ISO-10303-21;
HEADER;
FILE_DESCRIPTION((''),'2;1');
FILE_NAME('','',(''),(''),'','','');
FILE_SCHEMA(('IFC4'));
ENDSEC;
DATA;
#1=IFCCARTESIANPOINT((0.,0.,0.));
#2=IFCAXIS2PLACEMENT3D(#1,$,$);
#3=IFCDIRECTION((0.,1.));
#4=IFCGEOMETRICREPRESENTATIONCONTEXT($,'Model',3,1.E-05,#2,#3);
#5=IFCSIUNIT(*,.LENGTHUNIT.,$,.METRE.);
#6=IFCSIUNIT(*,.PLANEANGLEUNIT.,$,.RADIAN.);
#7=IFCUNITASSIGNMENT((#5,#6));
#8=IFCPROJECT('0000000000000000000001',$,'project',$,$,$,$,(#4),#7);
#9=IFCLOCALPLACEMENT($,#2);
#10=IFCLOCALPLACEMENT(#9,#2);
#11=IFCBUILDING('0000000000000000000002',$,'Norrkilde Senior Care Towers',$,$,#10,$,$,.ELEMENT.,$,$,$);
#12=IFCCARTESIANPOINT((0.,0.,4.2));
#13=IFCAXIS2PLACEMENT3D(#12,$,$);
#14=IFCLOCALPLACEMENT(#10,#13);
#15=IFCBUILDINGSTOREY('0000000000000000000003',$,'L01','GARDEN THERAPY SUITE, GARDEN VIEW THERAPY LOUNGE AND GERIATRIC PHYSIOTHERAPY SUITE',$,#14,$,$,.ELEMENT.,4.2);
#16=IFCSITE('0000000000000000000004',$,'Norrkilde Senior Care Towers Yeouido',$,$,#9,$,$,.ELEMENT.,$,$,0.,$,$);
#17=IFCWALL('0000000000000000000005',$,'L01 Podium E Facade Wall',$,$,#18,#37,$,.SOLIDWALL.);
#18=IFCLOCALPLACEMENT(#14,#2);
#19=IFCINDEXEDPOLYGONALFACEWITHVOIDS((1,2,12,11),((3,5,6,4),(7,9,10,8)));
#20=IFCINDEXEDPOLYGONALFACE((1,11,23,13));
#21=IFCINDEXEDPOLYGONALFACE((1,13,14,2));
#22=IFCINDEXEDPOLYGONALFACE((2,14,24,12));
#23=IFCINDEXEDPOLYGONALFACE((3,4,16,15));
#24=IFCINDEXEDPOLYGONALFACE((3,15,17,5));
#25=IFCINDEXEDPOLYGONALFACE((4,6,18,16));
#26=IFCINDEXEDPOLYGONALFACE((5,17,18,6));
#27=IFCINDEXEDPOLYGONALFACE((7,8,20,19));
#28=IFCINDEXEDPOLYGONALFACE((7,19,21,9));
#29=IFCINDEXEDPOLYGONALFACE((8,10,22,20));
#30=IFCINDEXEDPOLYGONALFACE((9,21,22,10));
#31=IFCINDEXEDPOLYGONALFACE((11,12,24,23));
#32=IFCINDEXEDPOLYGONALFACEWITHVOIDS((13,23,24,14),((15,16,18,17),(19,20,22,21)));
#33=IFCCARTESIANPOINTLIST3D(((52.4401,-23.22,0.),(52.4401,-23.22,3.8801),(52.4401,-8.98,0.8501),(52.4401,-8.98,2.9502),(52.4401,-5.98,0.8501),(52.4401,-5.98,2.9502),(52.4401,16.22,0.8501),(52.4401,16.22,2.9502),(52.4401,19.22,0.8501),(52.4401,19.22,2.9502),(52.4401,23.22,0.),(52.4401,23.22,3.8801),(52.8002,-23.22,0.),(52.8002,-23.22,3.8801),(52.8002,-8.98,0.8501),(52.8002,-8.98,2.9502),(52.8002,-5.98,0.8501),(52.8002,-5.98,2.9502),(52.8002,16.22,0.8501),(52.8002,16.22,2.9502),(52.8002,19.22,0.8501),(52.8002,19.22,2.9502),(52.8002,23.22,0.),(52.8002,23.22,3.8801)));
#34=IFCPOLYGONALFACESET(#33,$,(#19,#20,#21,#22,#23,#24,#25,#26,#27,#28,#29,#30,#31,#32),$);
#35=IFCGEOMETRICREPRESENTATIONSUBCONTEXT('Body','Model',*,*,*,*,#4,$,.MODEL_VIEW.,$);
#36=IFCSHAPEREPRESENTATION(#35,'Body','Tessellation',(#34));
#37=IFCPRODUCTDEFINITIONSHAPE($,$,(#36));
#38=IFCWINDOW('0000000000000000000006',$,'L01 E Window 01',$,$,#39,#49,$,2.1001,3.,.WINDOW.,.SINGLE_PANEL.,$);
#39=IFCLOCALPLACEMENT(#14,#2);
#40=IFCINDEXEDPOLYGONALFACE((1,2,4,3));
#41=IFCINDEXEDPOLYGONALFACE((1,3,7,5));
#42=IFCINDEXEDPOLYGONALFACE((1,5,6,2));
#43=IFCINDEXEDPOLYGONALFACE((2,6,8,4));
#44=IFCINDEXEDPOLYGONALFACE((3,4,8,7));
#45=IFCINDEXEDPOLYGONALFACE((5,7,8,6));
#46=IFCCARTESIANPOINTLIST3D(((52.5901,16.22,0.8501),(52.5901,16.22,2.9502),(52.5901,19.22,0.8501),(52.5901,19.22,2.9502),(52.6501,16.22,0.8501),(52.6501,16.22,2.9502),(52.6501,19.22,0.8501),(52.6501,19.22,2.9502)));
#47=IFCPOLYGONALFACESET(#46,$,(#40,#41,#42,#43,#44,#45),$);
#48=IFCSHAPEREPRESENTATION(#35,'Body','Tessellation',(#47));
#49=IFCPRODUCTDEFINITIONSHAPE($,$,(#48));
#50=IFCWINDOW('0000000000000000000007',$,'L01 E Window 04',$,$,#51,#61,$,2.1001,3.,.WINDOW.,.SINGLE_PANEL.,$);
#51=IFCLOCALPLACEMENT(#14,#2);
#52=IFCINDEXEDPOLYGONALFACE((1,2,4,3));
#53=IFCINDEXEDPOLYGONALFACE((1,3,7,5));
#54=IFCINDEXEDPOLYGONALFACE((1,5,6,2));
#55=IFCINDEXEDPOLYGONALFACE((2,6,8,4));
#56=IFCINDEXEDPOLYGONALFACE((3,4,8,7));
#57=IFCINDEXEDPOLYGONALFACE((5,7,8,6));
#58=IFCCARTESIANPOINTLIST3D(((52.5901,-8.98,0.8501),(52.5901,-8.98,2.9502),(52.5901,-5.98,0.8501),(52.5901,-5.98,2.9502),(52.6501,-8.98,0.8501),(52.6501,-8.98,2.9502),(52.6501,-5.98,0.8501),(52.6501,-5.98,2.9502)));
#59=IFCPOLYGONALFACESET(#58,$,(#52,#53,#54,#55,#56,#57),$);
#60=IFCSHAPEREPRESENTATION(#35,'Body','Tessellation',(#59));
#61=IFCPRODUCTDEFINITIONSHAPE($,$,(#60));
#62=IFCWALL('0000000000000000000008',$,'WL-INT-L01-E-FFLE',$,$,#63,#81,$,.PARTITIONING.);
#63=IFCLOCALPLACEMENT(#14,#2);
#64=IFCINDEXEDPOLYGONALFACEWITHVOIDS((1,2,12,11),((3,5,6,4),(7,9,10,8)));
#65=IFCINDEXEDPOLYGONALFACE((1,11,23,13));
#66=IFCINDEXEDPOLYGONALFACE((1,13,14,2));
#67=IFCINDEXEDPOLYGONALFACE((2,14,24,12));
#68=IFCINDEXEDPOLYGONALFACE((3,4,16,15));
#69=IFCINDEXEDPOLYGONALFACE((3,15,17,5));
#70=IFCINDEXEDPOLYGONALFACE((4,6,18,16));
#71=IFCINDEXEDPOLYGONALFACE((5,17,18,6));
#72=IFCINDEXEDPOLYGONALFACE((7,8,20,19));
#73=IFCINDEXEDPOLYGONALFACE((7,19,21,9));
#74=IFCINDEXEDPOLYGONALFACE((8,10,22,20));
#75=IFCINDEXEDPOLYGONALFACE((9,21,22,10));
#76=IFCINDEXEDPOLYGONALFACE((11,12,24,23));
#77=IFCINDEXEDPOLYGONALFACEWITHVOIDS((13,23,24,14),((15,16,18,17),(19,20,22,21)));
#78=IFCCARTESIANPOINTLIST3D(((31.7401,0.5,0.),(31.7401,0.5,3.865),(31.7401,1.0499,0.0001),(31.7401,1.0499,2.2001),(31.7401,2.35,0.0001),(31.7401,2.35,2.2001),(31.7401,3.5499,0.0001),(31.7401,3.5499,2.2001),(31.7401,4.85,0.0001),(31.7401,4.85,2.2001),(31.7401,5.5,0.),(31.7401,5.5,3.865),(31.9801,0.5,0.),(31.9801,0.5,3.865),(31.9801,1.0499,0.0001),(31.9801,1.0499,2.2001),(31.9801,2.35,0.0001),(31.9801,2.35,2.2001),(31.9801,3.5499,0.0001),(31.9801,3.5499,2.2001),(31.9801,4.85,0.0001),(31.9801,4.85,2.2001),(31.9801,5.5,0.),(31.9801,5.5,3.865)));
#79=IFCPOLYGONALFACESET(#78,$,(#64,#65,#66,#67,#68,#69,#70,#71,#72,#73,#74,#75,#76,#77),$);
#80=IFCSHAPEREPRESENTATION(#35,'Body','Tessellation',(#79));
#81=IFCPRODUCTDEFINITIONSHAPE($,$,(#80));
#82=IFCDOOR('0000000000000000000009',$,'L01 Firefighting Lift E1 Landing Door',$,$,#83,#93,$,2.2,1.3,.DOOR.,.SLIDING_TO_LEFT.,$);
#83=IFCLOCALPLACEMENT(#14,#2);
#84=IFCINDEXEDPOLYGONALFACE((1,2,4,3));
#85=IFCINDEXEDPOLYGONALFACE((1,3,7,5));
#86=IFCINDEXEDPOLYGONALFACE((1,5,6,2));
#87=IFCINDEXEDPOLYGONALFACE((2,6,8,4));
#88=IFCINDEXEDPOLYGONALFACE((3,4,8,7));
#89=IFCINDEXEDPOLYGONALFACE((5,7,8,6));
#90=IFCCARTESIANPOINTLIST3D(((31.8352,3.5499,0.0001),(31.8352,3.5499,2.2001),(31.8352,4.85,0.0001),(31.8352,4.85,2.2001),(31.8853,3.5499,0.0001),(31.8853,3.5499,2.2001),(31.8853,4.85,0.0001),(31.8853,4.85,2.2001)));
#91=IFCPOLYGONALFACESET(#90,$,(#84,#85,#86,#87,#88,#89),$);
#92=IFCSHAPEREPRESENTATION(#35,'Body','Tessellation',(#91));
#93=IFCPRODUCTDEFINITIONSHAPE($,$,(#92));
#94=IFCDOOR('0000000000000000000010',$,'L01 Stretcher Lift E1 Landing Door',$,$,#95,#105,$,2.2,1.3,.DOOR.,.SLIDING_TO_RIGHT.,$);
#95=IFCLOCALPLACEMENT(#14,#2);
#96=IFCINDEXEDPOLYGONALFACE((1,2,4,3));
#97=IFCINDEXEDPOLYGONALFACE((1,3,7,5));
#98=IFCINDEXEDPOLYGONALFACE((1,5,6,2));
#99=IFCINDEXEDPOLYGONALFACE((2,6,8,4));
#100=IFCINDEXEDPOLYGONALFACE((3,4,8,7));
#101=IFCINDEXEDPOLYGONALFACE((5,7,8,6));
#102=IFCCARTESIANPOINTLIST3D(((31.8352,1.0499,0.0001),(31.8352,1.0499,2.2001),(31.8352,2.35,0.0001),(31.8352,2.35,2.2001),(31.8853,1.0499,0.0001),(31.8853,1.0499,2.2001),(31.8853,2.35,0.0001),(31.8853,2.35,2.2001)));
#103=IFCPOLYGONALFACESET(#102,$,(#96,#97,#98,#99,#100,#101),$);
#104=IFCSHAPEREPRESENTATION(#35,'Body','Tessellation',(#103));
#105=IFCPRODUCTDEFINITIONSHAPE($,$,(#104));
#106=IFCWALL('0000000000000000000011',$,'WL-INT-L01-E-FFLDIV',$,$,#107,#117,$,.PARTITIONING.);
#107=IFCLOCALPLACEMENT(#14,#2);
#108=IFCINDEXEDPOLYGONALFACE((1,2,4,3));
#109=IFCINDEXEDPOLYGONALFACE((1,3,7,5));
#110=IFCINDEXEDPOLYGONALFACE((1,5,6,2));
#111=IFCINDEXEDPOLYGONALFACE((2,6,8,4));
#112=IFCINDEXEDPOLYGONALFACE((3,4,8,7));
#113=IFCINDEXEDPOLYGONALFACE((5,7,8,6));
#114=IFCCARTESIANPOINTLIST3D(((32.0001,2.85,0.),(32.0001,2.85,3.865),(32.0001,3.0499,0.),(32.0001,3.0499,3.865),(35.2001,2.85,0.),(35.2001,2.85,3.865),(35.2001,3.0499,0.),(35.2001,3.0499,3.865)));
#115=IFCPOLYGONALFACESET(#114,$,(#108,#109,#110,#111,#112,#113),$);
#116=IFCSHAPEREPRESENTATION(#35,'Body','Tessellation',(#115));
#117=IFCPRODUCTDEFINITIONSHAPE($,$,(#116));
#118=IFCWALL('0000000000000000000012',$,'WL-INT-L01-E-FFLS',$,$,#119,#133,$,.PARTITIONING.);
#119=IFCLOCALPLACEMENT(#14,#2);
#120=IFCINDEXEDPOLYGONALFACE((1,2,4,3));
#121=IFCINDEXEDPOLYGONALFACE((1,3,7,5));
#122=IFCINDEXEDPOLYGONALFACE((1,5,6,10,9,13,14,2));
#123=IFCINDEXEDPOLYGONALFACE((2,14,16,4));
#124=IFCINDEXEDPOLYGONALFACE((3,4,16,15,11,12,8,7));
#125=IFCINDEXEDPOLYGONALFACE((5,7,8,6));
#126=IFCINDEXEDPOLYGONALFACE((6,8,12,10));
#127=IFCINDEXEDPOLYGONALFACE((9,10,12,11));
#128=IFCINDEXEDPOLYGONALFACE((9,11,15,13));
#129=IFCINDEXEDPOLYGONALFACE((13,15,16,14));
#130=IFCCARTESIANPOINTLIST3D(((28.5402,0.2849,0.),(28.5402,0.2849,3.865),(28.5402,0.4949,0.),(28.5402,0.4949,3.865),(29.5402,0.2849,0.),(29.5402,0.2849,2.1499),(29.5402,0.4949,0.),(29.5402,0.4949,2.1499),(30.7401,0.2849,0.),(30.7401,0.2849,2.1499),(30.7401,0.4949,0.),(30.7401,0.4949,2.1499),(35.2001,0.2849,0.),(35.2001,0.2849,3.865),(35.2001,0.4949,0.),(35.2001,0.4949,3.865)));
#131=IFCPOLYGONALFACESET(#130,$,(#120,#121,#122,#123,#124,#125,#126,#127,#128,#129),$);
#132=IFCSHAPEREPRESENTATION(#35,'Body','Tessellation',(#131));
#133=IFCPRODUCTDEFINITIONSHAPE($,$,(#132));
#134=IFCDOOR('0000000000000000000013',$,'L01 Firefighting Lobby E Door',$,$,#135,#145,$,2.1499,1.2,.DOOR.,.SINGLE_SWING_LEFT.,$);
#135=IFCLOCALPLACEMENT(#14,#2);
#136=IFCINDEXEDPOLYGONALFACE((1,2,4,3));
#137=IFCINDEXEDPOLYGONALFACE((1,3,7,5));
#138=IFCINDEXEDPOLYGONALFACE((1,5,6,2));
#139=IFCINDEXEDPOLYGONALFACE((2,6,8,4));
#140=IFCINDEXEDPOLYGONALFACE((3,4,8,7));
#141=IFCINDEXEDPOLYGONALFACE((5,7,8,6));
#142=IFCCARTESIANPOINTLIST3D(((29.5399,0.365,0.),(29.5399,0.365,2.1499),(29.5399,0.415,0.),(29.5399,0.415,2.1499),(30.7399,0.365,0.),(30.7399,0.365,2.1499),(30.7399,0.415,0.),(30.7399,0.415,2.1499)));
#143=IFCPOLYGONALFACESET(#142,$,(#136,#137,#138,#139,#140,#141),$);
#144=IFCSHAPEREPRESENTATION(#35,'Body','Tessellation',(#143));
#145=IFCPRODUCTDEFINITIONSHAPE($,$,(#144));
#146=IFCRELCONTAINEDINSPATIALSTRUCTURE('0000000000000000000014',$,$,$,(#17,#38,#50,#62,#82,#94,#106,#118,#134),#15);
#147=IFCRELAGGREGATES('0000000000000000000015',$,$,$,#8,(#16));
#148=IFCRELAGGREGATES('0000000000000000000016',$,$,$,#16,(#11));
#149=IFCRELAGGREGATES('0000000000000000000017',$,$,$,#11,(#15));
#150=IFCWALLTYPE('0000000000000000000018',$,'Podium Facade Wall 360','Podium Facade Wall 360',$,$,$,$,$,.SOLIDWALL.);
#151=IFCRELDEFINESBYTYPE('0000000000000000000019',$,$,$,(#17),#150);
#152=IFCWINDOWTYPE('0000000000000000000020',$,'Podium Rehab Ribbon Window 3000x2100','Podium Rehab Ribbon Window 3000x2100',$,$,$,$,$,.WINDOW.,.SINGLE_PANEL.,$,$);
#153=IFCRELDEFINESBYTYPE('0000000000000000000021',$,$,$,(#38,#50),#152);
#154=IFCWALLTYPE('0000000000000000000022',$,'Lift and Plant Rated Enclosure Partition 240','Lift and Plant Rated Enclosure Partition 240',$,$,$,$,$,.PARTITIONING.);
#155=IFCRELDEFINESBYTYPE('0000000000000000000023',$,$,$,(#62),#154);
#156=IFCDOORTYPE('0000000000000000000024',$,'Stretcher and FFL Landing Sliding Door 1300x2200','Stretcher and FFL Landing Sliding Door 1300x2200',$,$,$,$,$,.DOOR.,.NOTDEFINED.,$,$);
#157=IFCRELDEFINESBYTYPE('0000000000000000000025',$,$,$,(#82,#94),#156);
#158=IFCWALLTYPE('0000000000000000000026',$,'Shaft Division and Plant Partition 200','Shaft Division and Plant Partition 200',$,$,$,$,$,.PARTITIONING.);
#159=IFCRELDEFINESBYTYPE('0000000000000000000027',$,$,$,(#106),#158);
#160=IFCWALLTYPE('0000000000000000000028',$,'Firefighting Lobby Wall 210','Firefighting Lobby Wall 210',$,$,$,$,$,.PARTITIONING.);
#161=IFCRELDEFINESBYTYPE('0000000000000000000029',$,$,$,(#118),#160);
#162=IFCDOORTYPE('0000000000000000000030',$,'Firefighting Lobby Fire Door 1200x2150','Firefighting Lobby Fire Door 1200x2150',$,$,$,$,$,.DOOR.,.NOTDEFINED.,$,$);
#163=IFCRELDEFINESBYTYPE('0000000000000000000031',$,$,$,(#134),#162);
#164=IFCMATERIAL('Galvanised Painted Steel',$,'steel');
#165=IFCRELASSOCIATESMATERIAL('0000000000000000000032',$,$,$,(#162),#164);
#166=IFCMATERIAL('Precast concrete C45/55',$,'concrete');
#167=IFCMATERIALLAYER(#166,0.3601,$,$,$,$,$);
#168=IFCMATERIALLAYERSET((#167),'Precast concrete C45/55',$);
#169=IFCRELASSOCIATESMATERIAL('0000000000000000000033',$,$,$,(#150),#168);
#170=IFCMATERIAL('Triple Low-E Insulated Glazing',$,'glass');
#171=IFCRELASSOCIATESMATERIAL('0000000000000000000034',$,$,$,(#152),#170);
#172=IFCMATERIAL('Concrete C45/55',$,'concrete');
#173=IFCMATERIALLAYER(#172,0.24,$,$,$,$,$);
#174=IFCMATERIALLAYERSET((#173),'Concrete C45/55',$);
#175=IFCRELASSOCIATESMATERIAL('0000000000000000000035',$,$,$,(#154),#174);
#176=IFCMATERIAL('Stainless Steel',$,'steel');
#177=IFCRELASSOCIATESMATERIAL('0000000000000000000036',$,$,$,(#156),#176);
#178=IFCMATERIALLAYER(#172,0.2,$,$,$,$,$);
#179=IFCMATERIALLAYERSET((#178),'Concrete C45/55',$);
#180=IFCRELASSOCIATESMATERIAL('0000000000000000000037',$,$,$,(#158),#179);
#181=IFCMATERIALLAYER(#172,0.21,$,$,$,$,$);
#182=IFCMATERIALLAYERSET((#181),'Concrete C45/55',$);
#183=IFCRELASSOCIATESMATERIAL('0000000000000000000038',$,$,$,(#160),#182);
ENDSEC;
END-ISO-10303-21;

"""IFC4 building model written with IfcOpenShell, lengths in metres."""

from ifc_helpers import new_model, si_unit, direction, frame, frame_2d, origin, place, context, subcontext, project, spatial, rectangle, extrude, source, transform, mapped, material, layer, layer_set, type_object, type_shapes, element, fill, save


model = new_model("IFC4")

# Units and contexts
model_context = context("Model", 3, precision=1e-05, world=origin(), true_north=direction((0.0, 1.0)))
body_context = subcontext(model_context, "Body", "Model", "MODEL_VIEW")
ifc_project = project(units=[si_unit("LENGTHUNIT", "METRE"), si_unit("PLANEANGLEUNIT", "RADIAN")], contexts=[model_context])

# Site, building, storey
site_placement = place(None, origin())
site = spatial("IfcSite", under=ifc_project, at=site_placement, Name="Norrkilde Senior Care Towers Yeouido", CompositionType="ELEMENT", RefElevation=0.0)
building_placement = place(site_placement, origin())
building = spatial("IfcBuilding", under=site, at=building_placement, Name="Norrkilde Senior Care Towers", CompositionType="ELEMENT")
storey_placement = place(building_placement, frame((0.0, 0.0, 4.2)))
storey = spatial("IfcBuildingStorey", under=building, at=storey_placement, Name="L01", Description="GARDEN THERAPY SUITE, GARDEN VIEW THERAPY LOUNGE AND GERIATRIC PHYSIOTHERAPY SUITE", CompositionType="ELEMENT", Elevation=4.2)

# Shared definitions
ifc_material_1 = material(Name="Galvanised Painted Steel", Category="steel")
door_type_1 = type_object("IfcDoorType", Name="Firefighting Lobby Fire Door 1200x2150", Description="Firefighting Lobby Fire Door 1200x2150", OperationType="NOTDEFINED", PredefinedType="DOOR", material=ifc_material_1)
shared_shape_1 = source(origin(), body_context, "Body", "SweptSolid", [
    extrude(rectangle(XDim=1.2, YDim=2.1499, at=frame_2d((0.6001, 1.075))), frame((0.0, 0.0249, 0.0), z_axis=(0.0, -1.0, 0.0), x_axis=(1.0, 0.0, 0.0)), (0.0, 0.0, 1.0), 0.05),
])
type_shapes(door_type_1, [shared_shape_1])

# Wall, openings, windows
ifc_material_2 = material(Name="Precast concrete C45/55", Category="concrete")
ifc_layer_1 = layer(ifc_material_2, 0.3601)
ifc_layer_set_1 = layer_set([ifc_layer_1], Name="Precast concrete C45/55")
wall_type_1 = type_object("IfcWallType", Name="Podium Facade Wall 360", Description="Podium Facade Wall 360", PredefinedType="SOLIDWALL", material=ifc_layer_set_1)
shared_shape_2 = source(origin(), body_context, "Body", "SweptSolid", [
    extrude(rectangle(XDim=46.4399, YDim=0.3601, at=frame_2d((23.22, 0.0))), origin(), (0.0, 0.0, 1.0), 3.8801),
])
type_shapes(wall_type_1, [shared_shape_2])
wall_1_placement = place(storey_placement, frame((52.6201, 23.22, 0.0), z_axis=(0.0, 0.0, 1.0), x_axis=(0.0, -1.0, 0.0)))
wall_1 = element("IfcWall", 1, at=wall_1_placement, inside=storey, type_object=wall_type_1, Name="L01 Podium E Facade Wall", PredefinedType="SOLIDWALL", context=body_context, shape_type="MappedRepresentation", body=[
    mapped(shared_shape_2, transform((0.0, 0.0, 0.0), x_axis=(1.0, 0.0, 0.0), y_axis=(0.0, 1.0, 0.0), z_axis=(0.0, 0.0, 1.0), scale=1.0)),
])
opening_1_placement = place(wall_1_placement, frame((4.0, 0.0, 0.8501)))
opening_1 = element("IfcOpeningElement", 2, at=opening_1_placement, cuts=wall_1, PredefinedType="OPENING", context=body_context, shape_type="SweptSolid", body=[
    extrude(rectangle(XDim=3.0, YDim=2.1001, at=frame_2d((1.5, 1.05))), frame((0.0, 0.1899, 0.0), z_axis=(0.0, -1.0, 0.0), x_axis=(1.0, 0.0, 0.0)), (0.0, 0.0, 1.0), 0.3801),
])
opening_2_placement = place(wall_1_placement, frame((29.2, 0.0, 0.8501)))
opening_2 = element("IfcOpeningElement", 3, at=opening_2_placement, cuts=wall_1, PredefinedType="OPENING", context=body_context, shape_type="SweptSolid", body=[
    extrude(rectangle(XDim=3.0, YDim=2.1001, at=frame_2d((1.5, 1.05))), frame((0.0, 0.1899, 0.0), z_axis=(0.0, -1.0, 0.0), x_axis=(1.0, 0.0, 0.0)), (0.0, 0.0, 1.0), 0.3801),
])
ifc_material_3 = material(Name="Triple Low-E Insulated Glazing", Category="glass")
window_type = type_object("IfcWindowType", Name="Podium Rehab Ribbon Window 3000x2100", Description="Podium Rehab Ribbon Window 3000x2100", PartitioningType="SINGLE_PANEL", PredefinedType="WINDOW", material=ifc_material_3)
shared_shape_3 = source(origin(), body_context, "Body", "SweptSolid", [
    extrude(rectangle(XDim=3.0, YDim=2.1001, at=frame_2d((1.5, 1.05))), frame((0.0, 0.03, 0.0), z_axis=(0.0, -1.0, 0.0), x_axis=(1.0, 0.0, 0.0)), (0.0, 0.0, 1.0), 0.0601),
])
type_shapes(window_type, [shared_shape_3])
window_1_placement = place(opening_1_placement, origin())
window_1 = element("IfcWindow", 4, at=window_1_placement, inside=storey, type_object=window_type, Name="L01 E Window 01", OverallHeight=2.1001, OverallWidth=3.0, PartitioningType="SINGLE_PANEL", PredefinedType="WINDOW", context=body_context, shape_type="MappedRepresentation", body=[
    mapped(shared_shape_3, transform((0.0, 0.0, 0.0), x_axis=(1.0, 0.0, 0.0), y_axis=(0.0, 1.0, 0.0), z_axis=(0.0, 0.0, 1.0), scale=1.0)),
])
fill(opening_1, window_1)
window_2_placement = place(opening_2_placement, origin())
window_2 = element("IfcWindow", 5, at=window_2_placement, inside=storey, type_object=window_type, Name="L01 E Window 04", OverallHeight=2.1001, OverallWidth=3.0, PartitioningType="SINGLE_PANEL", PredefinedType="WINDOW", context=body_context, shape_type="MappedRepresentation", body=[
    mapped(shared_shape_3, transform((0.0, 0.0, 0.0), x_axis=(1.0, 0.0, 0.0), y_axis=(0.0, 1.0, 0.0), z_axis=(0.0, 0.0, 1.0), scale=1.0)),
])
fill(opening_2, window_2)

# Wall, openings, doors
ifc_material_4 = material(Name="Concrete C45/55", Category="concrete")
ifc_layer_2 = layer(ifc_material_4, 0.24)
ifc_layer_set_2 = layer_set([ifc_layer_2], Name="Concrete C45/55")
wall_type_2 = type_object("IfcWallType", Name="Lift and Plant Rated Enclosure Partition 240", Description="Lift and Plant Rated Enclosure Partition 240", PredefinedType="PARTITIONING", material=ifc_layer_set_2)
shared_shape_4 = source(origin(), body_context, "Body", "SweptSolid", [
    extrude(rectangle(XDim=5.0, YDim=0.24, at=frame_2d((2.5, 0.0))), origin(), (0.0, 0.0, 1.0), 3.865),
])
type_shapes(wall_type_2, [shared_shape_4])
wall_2_placement = place(storey_placement, frame((31.8601, 0.5, 0.0), z_axis=(0.0, 0.0, 1.0), x_axis=(0.0, 1.0, 0.0)))
wall_2 = element("IfcWall", 6, at=wall_2_placement, inside=storey, type_object=wall_type_2, Name="WL-INT-L01-E-FFLE", PredefinedType="PARTITIONING", context=body_context, shape_type="MappedRepresentation", body=[
    mapped(shared_shape_4, transform((0.0, 0.0, 0.0), x_axis=(1.0, 0.0, 0.0), y_axis=(0.0, 1.0, 0.0), z_axis=(0.0, 0.0, 1.0), scale=1.0)),
])
opening_3_placement = place(wall_2_placement, frame((3.05, 0.0, 0.0)))
opening_3 = element("IfcOpeningElement", 7, at=opening_3_placement, cuts=wall_2, PredefinedType="OPENING", context=body_context, shape_type="SweptSolid", body=[
    extrude(rectangle(XDim=1.3, YDim=2.2, at=frame_2d((0.6499, 1.1001))), frame((0.0, 0.1299, 0.0), z_axis=(0.0, -1.0, 0.0), x_axis=(1.0, 0.0, 0.0)), (0.0, 0.0, 1.0), 0.26),
])
opening_4_placement = place(wall_2_placement, frame((0.55, 0.0, 0.0)))
opening_4 = element("IfcOpeningElement", 8, at=opening_4_placement, cuts=wall_2, PredefinedType="OPENING", context=body_context, shape_type="SweptSolid", body=[
    extrude(rectangle(XDim=1.3, YDim=2.2, at=frame_2d((0.6499, 1.1001))), frame((0.0, 0.1299, 0.0), z_axis=(0.0, -1.0, 0.0), x_axis=(1.0, 0.0, 0.0)), (0.0, 0.0, 1.0), 0.26),
])
ifc_material_5 = material(Name="Stainless Steel", Category="steel")
door_type_2 = type_object("IfcDoorType", Name="Stretcher and FFL Landing Sliding Door 1300x2200", Description="Stretcher and FFL Landing Sliding Door 1300x2200", OperationType="NOTDEFINED", PredefinedType="DOOR", material=ifc_material_5)
shared_shape_5 = source(origin(), body_context, "Body", "SweptSolid", [
    extrude(rectangle(XDim=1.3, YDim=2.2, at=frame_2d((0.6499, 1.1001))), frame((0.0, 0.0249, 0.0), z_axis=(0.0, -1.0, 0.0), x_axis=(1.0, 0.0, 0.0)), (0.0, 0.0, 1.0), 0.05),
])
type_shapes(door_type_2, [shared_shape_5])
door_1_placement = place(opening_3_placement, origin())
door_1 = element("IfcDoor", 9, at=door_1_placement, inside=storey, type_object=door_type_2, Name="L01 Firefighting Lift E1 Landing Door", OperationType="SLIDING_TO_LEFT", OverallHeight=2.2, OverallWidth=1.3, PredefinedType="DOOR", context=body_context, shape_type="MappedRepresentation", body=[
    mapped(shared_shape_5, transform((0.0, 0.0, 0.0), x_axis=(1.0, 0.0, 0.0), y_axis=(0.0, 1.0, 0.0), z_axis=(0.0, 0.0, 1.0), scale=1.0)),
])
fill(opening_3, door_1)
door_2_placement = place(opening_4_placement, origin())
door_2 = element("IfcDoor", 10, at=door_2_placement, inside=storey, type_object=door_type_2, Name="L01 Stretcher Lift E1 Landing Door", OperationType="SLIDING_TO_RIGHT", OverallHeight=2.2, OverallWidth=1.3, PredefinedType="DOOR", context=body_context, shape_type="MappedRepresentation", body=[
    mapped(shared_shape_5, transform((0.0, 0.0, 0.0), x_axis=(1.0, 0.0, 0.0), y_axis=(0.0, 1.0, 0.0), z_axis=(0.0, 0.0, 1.0), scale=1.0)),
])
fill(opening_4, door_2)

# Wall
ifc_layer_3 = layer(ifc_material_4, 0.2)
ifc_layer_set_3 = layer_set([ifc_layer_3], Name="Concrete C45/55")
wall_type_3 = type_object("IfcWallType", Name="Shaft Division and Plant Partition 200", Description="Shaft Division and Plant Partition 200", PredefinedType="PARTITIONING", material=ifc_layer_set_3)
shared_shape_6 = source(origin(), body_context, "Body", "SweptSolid", [
    extrude(rectangle(XDim=3.2, YDim=0.2, at=frame_2d((1.6001, 0.0))), origin(), (0.0, 0.0, 1.0), 3.865),
])
type_shapes(wall_type_3, [shared_shape_6])
wall_3_placement = place(storey_placement, frame((32.0, 2.95, 0.0), z_axis=(0.0, 0.0, 1.0), x_axis=(1.0, 0.0, 0.0)))
element("IfcWall", 11, at=wall_3_placement, inside=storey, type_object=wall_type_3, Name="WL-INT-L01-E-FFLDIV", PredefinedType="PARTITIONING", context=body_context, shape_type="MappedRepresentation", body=[
    mapped(shared_shape_6, transform((0.0, 0.0, 0.0), x_axis=(1.0, 0.0, 0.0), y_axis=(0.0, 1.0, 0.0), z_axis=(0.0, 0.0, 1.0), scale=1.0)),
])

# Wall, opening, door
ifc_layer_4 = layer(ifc_material_4, 0.21)
ifc_layer_set_4 = layer_set([ifc_layer_4], Name="Concrete C45/55")
wall_type_4 = type_object("IfcWallType", Name="Firefighting Lobby Wall 210", Description="Firefighting Lobby Wall 210", PredefinedType="PARTITIONING", material=ifc_layer_set_4)
shared_shape_7 = source(origin(), body_context, "Body", "SweptSolid", [
    extrude(rectangle(XDim=6.6599, YDim=0.21, at=frame_2d((3.3301, 0.0))), origin(), (0.0, 0.0, 1.0), 3.865),
])
type_shapes(wall_type_4, [shared_shape_7])
wall_4_placement = place(storey_placement, frame((28.54, 0.3899, 0.0), z_axis=(0.0, 0.0, 1.0), x_axis=(1.0, 0.0, 0.0)))
wall_4 = element("IfcWall", 12, at=wall_4_placement, inside=storey, type_object=wall_type_4, Name="WL-INT-L01-E-FFLS", PredefinedType="PARTITIONING", context=body_context, shape_type="MappedRepresentation", body=[
    mapped(shared_shape_7, transform((0.0, 0.0, 0.0), x_axis=(1.0, 0.0, 0.0), y_axis=(0.0, 1.0, 0.0), z_axis=(0.0, 0.0, 1.0), scale=1.0)),
])
opening_5_placement = place(wall_4_placement, frame((1.0, 0.0, 0.0)))
opening_5 = element("IfcOpeningElement", 13, at=opening_5_placement, cuts=wall_4, PredefinedType="OPENING", context=body_context, shape_type="SweptSolid", body=[
    extrude(rectangle(XDim=1.2, YDim=2.1499, at=frame_2d((0.6001, 1.075))), frame((0.0, 0.115, 0.0), z_axis=(0.0, -1.0, 0.0), x_axis=(1.0, 0.0, 0.0)), (0.0, 0.0, 1.0), 0.23),
])
door_3_placement = place(opening_5_placement, frame((1.2, 0.0, 0.0), z_axis=(0.0, 0.0, 1.0), x_axis=(-1.0, 0.0, 0.0)))
door_3 = element("IfcDoor", 14, at=door_3_placement, inside=storey, type_object=door_type_1, Name="L01 Firefighting Lobby E Door", OperationType="SINGLE_SWING_LEFT", OverallHeight=2.1499, OverallWidth=1.2, PredefinedType="DOOR", context=body_context, shape_type="MappedRepresentation", body=[
    mapped(shared_shape_1, transform((0.0, 0.0, 0.0), x_axis=(1.0, 0.0, 0.0), y_axis=(0.0, 1.0, 0.0), z_axis=(0.0, 0.0, 1.0), scale=1.0)),
])
fill(opening_5, door_3)

save(model, "model.ifc")
